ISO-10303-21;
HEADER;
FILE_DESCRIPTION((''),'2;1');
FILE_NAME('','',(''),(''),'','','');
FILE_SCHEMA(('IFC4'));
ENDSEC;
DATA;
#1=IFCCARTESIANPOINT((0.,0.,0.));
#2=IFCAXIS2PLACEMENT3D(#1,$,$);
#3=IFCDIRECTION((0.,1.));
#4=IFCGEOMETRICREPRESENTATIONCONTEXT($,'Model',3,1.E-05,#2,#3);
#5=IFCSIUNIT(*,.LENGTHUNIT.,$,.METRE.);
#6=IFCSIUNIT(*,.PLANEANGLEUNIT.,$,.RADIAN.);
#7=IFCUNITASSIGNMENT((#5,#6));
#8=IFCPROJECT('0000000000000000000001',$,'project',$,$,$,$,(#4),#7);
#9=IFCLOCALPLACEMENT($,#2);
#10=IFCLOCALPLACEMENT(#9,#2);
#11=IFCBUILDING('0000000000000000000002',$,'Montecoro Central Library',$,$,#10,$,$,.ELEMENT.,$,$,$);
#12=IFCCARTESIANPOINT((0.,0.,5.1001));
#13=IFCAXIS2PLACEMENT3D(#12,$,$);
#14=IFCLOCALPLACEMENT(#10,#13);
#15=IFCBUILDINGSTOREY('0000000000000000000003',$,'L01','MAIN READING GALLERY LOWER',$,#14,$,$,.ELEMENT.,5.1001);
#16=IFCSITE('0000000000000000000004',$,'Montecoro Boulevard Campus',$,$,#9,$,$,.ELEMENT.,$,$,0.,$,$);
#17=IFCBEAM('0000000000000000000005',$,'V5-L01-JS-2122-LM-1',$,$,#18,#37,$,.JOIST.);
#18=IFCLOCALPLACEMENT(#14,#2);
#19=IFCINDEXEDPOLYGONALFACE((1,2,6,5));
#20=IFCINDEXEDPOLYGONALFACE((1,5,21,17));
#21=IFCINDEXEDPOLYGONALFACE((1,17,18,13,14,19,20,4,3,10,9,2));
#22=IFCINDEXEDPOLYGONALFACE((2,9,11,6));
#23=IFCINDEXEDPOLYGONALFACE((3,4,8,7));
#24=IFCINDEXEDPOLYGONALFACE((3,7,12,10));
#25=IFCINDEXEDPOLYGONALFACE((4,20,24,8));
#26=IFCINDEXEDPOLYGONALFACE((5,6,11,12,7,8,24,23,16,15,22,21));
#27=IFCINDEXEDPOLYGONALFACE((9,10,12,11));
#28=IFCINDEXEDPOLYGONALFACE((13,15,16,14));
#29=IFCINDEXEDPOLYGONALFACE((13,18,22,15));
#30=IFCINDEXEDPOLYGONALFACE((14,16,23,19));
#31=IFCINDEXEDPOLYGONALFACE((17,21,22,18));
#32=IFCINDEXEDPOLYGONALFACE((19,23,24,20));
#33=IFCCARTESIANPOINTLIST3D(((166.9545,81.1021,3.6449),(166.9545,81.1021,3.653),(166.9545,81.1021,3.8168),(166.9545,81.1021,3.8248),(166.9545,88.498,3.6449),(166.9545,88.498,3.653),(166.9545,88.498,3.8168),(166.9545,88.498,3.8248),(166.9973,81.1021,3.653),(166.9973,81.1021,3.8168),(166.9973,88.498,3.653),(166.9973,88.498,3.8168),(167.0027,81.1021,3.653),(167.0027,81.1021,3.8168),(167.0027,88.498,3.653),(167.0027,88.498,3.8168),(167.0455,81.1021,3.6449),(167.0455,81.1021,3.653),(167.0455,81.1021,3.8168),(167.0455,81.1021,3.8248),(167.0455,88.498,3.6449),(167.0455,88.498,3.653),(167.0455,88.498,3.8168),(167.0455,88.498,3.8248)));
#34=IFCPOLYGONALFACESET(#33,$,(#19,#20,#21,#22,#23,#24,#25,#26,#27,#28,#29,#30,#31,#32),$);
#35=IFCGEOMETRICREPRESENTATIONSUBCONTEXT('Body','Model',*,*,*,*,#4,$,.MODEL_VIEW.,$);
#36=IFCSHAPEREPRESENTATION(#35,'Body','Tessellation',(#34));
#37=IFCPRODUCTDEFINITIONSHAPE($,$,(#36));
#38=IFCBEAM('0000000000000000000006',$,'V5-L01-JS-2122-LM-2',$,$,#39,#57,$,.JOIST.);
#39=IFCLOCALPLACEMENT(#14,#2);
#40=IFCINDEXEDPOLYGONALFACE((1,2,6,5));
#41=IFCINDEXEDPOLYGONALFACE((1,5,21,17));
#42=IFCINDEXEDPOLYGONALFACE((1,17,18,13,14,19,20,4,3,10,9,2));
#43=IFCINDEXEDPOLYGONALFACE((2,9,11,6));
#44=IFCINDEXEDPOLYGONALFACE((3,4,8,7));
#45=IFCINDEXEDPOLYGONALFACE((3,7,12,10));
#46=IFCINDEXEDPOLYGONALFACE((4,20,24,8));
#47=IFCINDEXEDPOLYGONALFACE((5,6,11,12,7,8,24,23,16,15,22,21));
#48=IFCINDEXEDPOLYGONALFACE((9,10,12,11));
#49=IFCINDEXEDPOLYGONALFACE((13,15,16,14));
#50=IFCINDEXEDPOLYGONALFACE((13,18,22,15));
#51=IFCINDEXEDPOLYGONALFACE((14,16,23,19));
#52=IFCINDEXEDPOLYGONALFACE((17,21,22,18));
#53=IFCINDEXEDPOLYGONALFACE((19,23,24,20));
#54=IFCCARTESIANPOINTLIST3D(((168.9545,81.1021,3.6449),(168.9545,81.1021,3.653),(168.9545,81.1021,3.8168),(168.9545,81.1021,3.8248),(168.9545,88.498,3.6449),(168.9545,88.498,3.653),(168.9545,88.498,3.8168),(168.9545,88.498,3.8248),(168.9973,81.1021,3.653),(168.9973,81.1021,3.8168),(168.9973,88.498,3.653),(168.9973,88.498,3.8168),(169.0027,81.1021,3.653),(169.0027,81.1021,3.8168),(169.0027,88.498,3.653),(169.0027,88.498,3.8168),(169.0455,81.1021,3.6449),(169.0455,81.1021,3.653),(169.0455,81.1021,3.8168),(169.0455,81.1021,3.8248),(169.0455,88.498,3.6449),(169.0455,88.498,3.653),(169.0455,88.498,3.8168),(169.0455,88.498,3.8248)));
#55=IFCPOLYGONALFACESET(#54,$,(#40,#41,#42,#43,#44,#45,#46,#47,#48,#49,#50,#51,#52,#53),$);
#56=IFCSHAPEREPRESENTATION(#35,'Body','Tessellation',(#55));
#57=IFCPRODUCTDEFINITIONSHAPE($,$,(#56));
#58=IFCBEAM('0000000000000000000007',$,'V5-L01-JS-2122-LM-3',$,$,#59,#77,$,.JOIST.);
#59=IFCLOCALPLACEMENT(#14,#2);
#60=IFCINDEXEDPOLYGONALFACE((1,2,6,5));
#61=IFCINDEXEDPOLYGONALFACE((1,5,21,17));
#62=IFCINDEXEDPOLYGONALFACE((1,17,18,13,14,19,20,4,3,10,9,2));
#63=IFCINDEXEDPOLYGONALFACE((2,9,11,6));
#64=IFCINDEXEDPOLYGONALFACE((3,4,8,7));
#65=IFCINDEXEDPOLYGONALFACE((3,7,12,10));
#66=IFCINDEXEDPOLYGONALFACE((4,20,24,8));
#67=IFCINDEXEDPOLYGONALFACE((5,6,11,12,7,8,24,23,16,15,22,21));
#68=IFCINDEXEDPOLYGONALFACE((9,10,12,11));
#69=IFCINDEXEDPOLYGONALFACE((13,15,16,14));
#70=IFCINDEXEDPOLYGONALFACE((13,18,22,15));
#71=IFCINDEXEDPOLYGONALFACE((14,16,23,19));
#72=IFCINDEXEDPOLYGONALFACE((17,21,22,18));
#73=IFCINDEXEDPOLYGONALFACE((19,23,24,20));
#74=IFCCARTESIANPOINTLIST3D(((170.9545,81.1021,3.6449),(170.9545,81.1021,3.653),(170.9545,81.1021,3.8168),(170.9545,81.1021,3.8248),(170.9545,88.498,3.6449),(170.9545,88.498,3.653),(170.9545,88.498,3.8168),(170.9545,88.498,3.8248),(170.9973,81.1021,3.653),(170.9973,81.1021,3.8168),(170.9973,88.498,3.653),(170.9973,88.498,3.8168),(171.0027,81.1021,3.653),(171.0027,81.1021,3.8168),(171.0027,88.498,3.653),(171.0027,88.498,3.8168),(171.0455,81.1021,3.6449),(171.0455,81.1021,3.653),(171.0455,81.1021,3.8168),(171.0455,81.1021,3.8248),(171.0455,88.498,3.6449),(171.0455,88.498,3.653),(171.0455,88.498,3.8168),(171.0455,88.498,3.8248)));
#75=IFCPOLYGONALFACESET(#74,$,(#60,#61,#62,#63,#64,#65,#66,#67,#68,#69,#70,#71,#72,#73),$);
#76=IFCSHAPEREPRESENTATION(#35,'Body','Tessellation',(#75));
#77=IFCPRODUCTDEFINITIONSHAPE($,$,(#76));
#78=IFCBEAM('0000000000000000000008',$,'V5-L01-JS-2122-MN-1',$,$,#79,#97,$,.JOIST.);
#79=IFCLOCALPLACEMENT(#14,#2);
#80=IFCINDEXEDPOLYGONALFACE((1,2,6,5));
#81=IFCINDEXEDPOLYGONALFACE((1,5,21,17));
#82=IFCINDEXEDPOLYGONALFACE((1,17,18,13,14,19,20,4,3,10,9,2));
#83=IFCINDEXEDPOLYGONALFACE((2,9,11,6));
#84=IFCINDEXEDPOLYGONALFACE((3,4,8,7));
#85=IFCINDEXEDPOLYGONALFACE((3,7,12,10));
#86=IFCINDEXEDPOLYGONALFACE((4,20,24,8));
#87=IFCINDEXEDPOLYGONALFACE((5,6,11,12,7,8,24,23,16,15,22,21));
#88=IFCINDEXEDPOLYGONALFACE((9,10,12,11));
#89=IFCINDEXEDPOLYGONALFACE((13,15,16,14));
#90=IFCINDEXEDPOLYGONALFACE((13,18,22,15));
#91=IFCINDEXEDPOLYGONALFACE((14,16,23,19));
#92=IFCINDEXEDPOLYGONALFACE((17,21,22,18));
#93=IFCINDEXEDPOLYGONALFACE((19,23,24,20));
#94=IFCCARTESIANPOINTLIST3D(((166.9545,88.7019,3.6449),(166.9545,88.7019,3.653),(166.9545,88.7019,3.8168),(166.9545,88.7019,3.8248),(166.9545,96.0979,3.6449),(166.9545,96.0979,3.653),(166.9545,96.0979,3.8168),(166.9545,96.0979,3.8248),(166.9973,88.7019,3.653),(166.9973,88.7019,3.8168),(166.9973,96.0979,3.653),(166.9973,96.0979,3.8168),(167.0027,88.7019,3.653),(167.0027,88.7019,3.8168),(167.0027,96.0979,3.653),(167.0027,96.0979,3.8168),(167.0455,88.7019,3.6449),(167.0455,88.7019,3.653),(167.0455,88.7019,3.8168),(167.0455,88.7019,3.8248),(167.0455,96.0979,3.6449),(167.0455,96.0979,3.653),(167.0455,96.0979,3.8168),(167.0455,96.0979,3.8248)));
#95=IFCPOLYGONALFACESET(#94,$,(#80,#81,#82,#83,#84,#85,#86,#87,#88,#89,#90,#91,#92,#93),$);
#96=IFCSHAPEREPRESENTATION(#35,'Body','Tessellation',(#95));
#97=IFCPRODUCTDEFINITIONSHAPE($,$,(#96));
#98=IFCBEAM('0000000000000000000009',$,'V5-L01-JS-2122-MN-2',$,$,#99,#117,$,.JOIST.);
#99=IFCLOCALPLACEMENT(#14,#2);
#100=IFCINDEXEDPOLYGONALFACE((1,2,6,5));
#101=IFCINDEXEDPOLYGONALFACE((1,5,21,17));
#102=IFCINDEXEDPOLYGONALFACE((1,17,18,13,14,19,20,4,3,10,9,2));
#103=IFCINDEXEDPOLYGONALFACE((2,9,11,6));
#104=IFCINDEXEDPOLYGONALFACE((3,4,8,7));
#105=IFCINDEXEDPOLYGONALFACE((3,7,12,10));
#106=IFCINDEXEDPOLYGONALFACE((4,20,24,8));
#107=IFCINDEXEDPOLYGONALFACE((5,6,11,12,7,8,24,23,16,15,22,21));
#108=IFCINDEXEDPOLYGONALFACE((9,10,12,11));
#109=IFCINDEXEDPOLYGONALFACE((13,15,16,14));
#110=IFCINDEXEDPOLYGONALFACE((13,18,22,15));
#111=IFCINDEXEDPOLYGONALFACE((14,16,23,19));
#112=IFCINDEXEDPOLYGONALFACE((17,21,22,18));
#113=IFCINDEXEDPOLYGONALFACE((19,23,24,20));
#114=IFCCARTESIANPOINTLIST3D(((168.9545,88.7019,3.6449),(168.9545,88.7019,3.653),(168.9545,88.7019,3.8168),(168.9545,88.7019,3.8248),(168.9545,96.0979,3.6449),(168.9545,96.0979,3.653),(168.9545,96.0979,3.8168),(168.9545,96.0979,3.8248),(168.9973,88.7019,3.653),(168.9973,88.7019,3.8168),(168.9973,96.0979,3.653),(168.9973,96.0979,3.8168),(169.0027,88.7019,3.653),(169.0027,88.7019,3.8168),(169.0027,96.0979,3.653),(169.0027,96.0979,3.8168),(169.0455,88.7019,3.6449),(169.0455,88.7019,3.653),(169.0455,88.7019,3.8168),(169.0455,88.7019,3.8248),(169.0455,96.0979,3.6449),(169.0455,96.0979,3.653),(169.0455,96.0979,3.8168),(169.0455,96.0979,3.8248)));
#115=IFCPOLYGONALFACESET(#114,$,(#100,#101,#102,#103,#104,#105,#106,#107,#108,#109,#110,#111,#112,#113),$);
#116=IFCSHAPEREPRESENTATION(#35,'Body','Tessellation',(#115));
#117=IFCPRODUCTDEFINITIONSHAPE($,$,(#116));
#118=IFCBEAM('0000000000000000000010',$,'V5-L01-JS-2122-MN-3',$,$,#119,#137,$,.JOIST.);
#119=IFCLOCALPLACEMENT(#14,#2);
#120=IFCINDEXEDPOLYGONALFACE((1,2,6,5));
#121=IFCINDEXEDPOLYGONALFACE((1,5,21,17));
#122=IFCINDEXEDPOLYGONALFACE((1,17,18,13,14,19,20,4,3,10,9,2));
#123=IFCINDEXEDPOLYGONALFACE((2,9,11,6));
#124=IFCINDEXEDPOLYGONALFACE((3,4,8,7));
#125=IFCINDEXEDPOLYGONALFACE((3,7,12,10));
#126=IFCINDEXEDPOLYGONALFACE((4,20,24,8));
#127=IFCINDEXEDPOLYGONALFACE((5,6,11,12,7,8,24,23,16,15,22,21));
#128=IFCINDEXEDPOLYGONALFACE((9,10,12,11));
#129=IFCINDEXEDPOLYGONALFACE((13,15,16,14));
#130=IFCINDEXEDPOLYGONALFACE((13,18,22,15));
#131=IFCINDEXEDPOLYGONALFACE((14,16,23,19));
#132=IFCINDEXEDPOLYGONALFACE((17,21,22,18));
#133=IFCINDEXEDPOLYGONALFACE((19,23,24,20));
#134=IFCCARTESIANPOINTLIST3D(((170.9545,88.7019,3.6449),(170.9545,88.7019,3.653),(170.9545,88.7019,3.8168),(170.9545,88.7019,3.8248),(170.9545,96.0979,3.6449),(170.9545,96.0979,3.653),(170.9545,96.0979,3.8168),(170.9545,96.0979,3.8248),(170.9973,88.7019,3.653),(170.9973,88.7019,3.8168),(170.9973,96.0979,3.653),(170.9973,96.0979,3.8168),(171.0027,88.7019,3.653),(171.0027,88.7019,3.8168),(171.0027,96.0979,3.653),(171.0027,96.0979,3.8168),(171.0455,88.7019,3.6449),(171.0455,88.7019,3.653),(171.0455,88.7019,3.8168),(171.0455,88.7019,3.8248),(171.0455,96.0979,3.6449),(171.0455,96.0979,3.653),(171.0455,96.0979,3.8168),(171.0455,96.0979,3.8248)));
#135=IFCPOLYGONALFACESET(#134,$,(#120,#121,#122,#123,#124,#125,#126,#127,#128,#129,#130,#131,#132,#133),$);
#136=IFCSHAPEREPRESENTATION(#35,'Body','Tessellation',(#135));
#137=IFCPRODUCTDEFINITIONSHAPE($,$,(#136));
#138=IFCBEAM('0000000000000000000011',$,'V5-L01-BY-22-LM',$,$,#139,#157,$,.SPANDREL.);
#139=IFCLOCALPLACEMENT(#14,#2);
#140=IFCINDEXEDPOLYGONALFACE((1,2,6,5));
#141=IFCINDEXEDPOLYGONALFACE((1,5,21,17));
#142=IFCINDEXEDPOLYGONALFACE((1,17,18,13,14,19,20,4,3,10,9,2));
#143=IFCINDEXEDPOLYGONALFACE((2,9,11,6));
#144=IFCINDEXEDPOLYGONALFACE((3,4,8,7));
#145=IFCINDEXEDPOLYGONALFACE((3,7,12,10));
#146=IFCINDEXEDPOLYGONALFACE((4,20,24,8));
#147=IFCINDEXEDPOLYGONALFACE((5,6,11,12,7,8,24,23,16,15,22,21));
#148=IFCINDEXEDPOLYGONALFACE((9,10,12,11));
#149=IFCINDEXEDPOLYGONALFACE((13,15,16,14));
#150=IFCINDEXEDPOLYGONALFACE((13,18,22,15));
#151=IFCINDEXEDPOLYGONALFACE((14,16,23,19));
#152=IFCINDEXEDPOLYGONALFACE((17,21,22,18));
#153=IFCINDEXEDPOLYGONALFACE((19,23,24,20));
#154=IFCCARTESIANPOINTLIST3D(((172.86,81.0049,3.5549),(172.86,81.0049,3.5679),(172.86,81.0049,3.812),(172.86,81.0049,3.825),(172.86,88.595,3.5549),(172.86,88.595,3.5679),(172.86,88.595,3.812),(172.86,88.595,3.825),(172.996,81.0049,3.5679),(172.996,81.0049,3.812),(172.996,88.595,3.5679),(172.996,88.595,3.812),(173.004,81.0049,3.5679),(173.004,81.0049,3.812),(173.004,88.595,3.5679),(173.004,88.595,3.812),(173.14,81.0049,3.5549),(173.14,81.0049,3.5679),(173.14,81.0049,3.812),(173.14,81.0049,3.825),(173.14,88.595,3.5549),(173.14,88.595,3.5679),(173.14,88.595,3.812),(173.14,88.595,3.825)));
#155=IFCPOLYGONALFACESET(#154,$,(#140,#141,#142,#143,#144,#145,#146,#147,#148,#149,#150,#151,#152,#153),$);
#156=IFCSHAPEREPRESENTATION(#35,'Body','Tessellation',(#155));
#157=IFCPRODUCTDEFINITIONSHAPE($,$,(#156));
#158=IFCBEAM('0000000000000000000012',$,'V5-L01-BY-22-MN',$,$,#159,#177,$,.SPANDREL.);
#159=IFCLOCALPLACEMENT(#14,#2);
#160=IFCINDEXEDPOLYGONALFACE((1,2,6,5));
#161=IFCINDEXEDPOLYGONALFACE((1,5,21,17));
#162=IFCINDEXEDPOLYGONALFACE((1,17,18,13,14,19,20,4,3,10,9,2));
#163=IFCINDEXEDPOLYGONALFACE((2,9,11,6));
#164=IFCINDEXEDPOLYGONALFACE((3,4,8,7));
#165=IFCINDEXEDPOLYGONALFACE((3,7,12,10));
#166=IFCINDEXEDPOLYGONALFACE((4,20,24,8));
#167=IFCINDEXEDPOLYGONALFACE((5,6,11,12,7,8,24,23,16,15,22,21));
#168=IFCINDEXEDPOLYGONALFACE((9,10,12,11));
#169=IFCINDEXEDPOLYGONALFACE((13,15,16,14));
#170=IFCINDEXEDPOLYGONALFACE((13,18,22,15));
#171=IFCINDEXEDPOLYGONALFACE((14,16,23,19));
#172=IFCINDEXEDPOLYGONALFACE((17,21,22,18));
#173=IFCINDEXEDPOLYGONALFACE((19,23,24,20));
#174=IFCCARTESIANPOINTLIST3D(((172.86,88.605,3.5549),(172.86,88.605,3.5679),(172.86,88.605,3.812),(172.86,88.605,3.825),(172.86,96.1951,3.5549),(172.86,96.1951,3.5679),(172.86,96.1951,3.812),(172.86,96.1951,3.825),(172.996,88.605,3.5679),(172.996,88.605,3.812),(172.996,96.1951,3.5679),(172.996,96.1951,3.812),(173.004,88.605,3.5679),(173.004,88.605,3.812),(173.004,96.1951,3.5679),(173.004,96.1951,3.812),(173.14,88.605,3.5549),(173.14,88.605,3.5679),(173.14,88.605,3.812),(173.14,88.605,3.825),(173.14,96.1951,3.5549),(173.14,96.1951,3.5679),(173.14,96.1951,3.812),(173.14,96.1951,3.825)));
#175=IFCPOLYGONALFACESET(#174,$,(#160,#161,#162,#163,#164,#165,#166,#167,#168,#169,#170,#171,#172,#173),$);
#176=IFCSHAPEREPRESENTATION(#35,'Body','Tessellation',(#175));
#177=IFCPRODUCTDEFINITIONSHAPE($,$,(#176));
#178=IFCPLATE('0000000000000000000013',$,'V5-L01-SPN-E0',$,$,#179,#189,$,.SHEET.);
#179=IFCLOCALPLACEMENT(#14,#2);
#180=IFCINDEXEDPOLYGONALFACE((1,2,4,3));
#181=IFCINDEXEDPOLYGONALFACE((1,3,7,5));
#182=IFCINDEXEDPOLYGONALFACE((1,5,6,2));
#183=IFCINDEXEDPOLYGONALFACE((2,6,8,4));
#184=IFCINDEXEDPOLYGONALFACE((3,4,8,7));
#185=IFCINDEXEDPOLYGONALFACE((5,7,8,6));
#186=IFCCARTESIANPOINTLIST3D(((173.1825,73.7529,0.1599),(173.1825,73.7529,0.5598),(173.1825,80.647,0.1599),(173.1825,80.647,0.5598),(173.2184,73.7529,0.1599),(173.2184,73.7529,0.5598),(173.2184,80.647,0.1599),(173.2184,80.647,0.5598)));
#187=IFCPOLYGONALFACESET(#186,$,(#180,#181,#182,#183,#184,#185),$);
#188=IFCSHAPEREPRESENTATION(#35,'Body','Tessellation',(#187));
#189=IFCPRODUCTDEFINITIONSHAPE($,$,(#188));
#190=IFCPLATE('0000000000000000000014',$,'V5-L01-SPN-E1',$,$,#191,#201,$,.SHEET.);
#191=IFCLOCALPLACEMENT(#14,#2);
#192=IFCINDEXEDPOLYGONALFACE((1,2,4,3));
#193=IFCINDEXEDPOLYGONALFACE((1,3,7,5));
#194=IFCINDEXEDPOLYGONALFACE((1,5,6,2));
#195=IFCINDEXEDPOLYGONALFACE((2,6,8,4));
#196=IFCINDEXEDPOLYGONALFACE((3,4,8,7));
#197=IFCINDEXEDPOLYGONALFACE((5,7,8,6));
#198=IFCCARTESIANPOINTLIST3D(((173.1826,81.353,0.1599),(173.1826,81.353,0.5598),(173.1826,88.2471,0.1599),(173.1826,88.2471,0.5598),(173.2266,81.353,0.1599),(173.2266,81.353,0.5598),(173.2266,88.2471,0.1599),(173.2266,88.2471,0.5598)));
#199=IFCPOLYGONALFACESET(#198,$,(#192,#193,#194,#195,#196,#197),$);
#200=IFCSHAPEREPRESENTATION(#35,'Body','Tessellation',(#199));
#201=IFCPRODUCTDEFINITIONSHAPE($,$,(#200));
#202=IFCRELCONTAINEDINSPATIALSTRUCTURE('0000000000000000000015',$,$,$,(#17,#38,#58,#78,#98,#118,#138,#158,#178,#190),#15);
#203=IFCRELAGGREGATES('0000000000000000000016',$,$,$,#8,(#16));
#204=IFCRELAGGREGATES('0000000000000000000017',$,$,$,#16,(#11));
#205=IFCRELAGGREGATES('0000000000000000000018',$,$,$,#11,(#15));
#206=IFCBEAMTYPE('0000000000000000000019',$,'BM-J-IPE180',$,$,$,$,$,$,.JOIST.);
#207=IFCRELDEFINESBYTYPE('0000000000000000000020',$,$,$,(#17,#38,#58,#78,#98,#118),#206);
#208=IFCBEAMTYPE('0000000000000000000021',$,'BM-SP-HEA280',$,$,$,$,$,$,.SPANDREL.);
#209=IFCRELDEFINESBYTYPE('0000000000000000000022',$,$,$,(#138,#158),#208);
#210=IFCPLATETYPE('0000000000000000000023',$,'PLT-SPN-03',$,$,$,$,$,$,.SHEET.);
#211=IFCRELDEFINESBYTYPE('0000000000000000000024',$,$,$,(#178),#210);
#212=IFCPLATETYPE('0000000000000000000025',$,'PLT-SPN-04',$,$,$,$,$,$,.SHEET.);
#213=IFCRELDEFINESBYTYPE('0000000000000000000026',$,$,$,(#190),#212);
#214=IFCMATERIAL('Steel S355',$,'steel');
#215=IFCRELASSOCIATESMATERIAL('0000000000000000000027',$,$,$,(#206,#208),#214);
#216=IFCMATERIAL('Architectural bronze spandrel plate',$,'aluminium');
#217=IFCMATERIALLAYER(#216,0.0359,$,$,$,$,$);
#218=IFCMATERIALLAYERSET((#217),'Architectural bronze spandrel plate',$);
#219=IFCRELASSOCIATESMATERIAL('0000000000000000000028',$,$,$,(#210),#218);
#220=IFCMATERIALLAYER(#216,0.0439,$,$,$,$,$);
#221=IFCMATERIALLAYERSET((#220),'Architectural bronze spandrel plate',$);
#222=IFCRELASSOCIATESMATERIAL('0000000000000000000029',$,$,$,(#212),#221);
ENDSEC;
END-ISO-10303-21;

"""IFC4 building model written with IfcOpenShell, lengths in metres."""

from ifc_helpers import new_model, si_unit, direction, frame, origin, origin_2d, place, context, subcontext, project, spatial, rectangle, i_section, extrude, material, layer, layer_set, material_profile, profile_set, type_object, element, save


model = new_model("IFC4")

# Units and contexts
model_context = context("Model", 3, precision=1e-05, world=origin(), true_north=direction((0.0, 1.0)))
body_context = subcontext(model_context, "Body", "Model", "MODEL_VIEW")
ifc_project = project(units=[si_unit("LENGTHUNIT", "METRE"), si_unit("PLANEANGLEUNIT", "RADIAN")], contexts=[model_context])

# Site, building, storey
site_placement = place(None, origin())
site = spatial("IfcSite", under=ifc_project, at=site_placement, Name="Montecoro Boulevard Campus", CompositionType="ELEMENT", RefElevation=0.0)
building_placement = place(site_placement, origin())
building = spatial("IfcBuilding", under=site, at=building_placement, Name="Montecoro Central Library", CompositionType="ELEMENT")
storey_placement = place(building_placement, frame((0.0, 0.0, 5.1001)))
storey = spatial("IfcBuildingStorey", under=building, at=storey_placement, Name="L01", Description="MAIN READING GALLERY LOWER", CompositionType="ELEMENT", Elevation=5.1001)

# Shared definitions
ifc_material_1 = material(Name="Steel S355", Category="steel")

# Beams
ifc_material_profile_1 = material_profile(ifc_material_1, i_section(OverallWidth=0.0911, OverallDepth=0.1799, WebThickness=0.0054, FlangeThickness=0.0081, at=origin_2d()), Name="IPE 180")
ifc_profile_set_1 = profile_set([ifc_material_profile_1], Name="Steel S355")
beam_type_1 = type_object("IfcBeamType", Name="BM-J-IPE180", PredefinedType="JOIST", material=ifc_profile_set_1)
for number, where, z_axis, x_axis, name in (
    (1, (167.0, 81.1021, 3.7349), (0.0, 1.0, 0.0), (-1.0, 0.0, 0.0), "V5-L01-JS-2122-LM-1"),
    (2, (169.0, 81.1021, 3.7349), (0.0, 1.0, 0.0), (-1.0, 0.0, 0.0), "V5-L01-JS-2122-LM-2"),
    (3, (171.0, 81.1021, 3.7349), (0.0, 1.0, 0.0), (-1.0, 0.0, 0.0), "V5-L01-JS-2122-LM-3"),
    (4, (167.0, 88.7019, 3.7349), (0.0, 1.0, 0.0), (-1.0, 0.0, 0.0), "V5-L01-JS-2122-MN-1"),
    (5, (169.0, 88.7019, 3.7349), (0.0, 1.0, 0.0), (-1.0, 0.0, 0.0), "V5-L01-JS-2122-MN-2"),
    (6, (171.0, 88.7019, 3.7349), (0.0, 1.0, 0.0), (-1.0, 0.0, 0.0), "V5-L01-JS-2122-MN-3"),
):
    element("IfcBeam", number, at=place(storey_placement, frame(where, z_axis=z_axis, x_axis=x_axis)), inside=storey, type_object=beam_type_1, Name=name, PredefinedType="JOIST", context=body_context, shape_type="SweptSolid", body=[
        extrude(i_section(OverallWidth=0.0911, OverallDepth=0.1799, WebThickness=0.0054, FlangeThickness=0.0081, at=origin_2d()), origin(), (0.0, 0.0, 1.0), 7.396),
    ])
ifc_material_profile_2 = material_profile(ifc_material_1, i_section(OverallWidth=0.28, OverallDepth=0.27, WebThickness=0.0081, FlangeThickness=0.0129, at=origin_2d()), Name="HEA 280")
ifc_profile_set_2 = profile_set([ifc_material_profile_2], Name="Steel S355")
beam_type_2 = type_object("IfcBeamType", Name="BM-SP-HEA280", PredefinedType="SPANDREL", material=ifc_profile_set_2)
for number, where, z_axis, x_axis, name in (
    (7, (173.0, 81.0049, 3.6899), (0.0, 1.0, 0.0), (-1.0, 0.0, 0.0), "V5-L01-BY-22-LM"),
    (8, (173.0, 88.605, 3.6899), (0.0, 1.0, 0.0), (-1.0, 0.0, 0.0), "V5-L01-BY-22-MN"),
):
    element("IfcBeam", number, at=place(storey_placement, frame(where, z_axis=z_axis, x_axis=x_axis)), inside=storey, type_object=beam_type_2, Name=name, PredefinedType="SPANDREL", context=body_context, shape_type="SweptSolid", body=[
        extrude(i_section(OverallWidth=0.28, OverallDepth=0.27, WebThickness=0.0081, FlangeThickness=0.0129, at=origin_2d()), origin(), (0.0, 0.0, 1.0), 7.5901),
    ])

# Plates
ifc_material_2 = material(Name="Architectural bronze spandrel plate", Category="aluminium")
ifc_layer_1 = layer(ifc_material_2, 0.0359)
ifc_layer_set_1 = layer_set([ifc_layer_1], Name="Architectural bronze spandrel plate")
plate_type_1 = type_object("IfcPlateType", Name="PLT-SPN-03", PredefinedType="SHEET", material=ifc_layer_set_1)
plate_1_placement = place(storey_placement, frame((173.2004, 77.2, 0.1599), z_axis=(0.0, 0.0, 1.0), x_axis=(0.0, 1.0, 0.0)))
element("IfcPlate", 9, at=plate_1_placement, inside=storey, type_object=plate_type_1, Name="V5-L01-SPN-E0", PredefinedType="SHEET", context=body_context, shape_type="SweptSolid", body=[
    extrude(rectangle(XDim=6.894, YDim=0.0359, at=origin_2d()), origin(), (0.0, 0.0, 1.0), 0.3999),
])
ifc_layer_2 = layer(ifc_material_2, 0.0439)
ifc_layer_set_2 = layer_set([ifc_layer_2], Name="Architectural bronze spandrel plate")
plate_type_2 = type_object("IfcPlateType", Name="PLT-SPN-04", PredefinedType="SHEET", material=ifc_layer_set_2)
plate_2_placement = place(storey_placement, frame((173.2046, 84.8, 0.1599), z_axis=(0.0, 0.0, 1.0), x_axis=(0.0, 1.0, 0.0)))
element("IfcPlate", 10, at=plate_2_placement, inside=storey, type_object=plate_type_2, Name="V5-L01-SPN-E1", PredefinedType="SHEET", context=body_context, shape_type="SweptSolid", body=[
    extrude(rectangle(XDim=6.894, YDim=0.0439, at=origin_2d()), origin(), (0.0, 0.0, 1.0), 0.3999),
])

save(model, "model.ifc")
